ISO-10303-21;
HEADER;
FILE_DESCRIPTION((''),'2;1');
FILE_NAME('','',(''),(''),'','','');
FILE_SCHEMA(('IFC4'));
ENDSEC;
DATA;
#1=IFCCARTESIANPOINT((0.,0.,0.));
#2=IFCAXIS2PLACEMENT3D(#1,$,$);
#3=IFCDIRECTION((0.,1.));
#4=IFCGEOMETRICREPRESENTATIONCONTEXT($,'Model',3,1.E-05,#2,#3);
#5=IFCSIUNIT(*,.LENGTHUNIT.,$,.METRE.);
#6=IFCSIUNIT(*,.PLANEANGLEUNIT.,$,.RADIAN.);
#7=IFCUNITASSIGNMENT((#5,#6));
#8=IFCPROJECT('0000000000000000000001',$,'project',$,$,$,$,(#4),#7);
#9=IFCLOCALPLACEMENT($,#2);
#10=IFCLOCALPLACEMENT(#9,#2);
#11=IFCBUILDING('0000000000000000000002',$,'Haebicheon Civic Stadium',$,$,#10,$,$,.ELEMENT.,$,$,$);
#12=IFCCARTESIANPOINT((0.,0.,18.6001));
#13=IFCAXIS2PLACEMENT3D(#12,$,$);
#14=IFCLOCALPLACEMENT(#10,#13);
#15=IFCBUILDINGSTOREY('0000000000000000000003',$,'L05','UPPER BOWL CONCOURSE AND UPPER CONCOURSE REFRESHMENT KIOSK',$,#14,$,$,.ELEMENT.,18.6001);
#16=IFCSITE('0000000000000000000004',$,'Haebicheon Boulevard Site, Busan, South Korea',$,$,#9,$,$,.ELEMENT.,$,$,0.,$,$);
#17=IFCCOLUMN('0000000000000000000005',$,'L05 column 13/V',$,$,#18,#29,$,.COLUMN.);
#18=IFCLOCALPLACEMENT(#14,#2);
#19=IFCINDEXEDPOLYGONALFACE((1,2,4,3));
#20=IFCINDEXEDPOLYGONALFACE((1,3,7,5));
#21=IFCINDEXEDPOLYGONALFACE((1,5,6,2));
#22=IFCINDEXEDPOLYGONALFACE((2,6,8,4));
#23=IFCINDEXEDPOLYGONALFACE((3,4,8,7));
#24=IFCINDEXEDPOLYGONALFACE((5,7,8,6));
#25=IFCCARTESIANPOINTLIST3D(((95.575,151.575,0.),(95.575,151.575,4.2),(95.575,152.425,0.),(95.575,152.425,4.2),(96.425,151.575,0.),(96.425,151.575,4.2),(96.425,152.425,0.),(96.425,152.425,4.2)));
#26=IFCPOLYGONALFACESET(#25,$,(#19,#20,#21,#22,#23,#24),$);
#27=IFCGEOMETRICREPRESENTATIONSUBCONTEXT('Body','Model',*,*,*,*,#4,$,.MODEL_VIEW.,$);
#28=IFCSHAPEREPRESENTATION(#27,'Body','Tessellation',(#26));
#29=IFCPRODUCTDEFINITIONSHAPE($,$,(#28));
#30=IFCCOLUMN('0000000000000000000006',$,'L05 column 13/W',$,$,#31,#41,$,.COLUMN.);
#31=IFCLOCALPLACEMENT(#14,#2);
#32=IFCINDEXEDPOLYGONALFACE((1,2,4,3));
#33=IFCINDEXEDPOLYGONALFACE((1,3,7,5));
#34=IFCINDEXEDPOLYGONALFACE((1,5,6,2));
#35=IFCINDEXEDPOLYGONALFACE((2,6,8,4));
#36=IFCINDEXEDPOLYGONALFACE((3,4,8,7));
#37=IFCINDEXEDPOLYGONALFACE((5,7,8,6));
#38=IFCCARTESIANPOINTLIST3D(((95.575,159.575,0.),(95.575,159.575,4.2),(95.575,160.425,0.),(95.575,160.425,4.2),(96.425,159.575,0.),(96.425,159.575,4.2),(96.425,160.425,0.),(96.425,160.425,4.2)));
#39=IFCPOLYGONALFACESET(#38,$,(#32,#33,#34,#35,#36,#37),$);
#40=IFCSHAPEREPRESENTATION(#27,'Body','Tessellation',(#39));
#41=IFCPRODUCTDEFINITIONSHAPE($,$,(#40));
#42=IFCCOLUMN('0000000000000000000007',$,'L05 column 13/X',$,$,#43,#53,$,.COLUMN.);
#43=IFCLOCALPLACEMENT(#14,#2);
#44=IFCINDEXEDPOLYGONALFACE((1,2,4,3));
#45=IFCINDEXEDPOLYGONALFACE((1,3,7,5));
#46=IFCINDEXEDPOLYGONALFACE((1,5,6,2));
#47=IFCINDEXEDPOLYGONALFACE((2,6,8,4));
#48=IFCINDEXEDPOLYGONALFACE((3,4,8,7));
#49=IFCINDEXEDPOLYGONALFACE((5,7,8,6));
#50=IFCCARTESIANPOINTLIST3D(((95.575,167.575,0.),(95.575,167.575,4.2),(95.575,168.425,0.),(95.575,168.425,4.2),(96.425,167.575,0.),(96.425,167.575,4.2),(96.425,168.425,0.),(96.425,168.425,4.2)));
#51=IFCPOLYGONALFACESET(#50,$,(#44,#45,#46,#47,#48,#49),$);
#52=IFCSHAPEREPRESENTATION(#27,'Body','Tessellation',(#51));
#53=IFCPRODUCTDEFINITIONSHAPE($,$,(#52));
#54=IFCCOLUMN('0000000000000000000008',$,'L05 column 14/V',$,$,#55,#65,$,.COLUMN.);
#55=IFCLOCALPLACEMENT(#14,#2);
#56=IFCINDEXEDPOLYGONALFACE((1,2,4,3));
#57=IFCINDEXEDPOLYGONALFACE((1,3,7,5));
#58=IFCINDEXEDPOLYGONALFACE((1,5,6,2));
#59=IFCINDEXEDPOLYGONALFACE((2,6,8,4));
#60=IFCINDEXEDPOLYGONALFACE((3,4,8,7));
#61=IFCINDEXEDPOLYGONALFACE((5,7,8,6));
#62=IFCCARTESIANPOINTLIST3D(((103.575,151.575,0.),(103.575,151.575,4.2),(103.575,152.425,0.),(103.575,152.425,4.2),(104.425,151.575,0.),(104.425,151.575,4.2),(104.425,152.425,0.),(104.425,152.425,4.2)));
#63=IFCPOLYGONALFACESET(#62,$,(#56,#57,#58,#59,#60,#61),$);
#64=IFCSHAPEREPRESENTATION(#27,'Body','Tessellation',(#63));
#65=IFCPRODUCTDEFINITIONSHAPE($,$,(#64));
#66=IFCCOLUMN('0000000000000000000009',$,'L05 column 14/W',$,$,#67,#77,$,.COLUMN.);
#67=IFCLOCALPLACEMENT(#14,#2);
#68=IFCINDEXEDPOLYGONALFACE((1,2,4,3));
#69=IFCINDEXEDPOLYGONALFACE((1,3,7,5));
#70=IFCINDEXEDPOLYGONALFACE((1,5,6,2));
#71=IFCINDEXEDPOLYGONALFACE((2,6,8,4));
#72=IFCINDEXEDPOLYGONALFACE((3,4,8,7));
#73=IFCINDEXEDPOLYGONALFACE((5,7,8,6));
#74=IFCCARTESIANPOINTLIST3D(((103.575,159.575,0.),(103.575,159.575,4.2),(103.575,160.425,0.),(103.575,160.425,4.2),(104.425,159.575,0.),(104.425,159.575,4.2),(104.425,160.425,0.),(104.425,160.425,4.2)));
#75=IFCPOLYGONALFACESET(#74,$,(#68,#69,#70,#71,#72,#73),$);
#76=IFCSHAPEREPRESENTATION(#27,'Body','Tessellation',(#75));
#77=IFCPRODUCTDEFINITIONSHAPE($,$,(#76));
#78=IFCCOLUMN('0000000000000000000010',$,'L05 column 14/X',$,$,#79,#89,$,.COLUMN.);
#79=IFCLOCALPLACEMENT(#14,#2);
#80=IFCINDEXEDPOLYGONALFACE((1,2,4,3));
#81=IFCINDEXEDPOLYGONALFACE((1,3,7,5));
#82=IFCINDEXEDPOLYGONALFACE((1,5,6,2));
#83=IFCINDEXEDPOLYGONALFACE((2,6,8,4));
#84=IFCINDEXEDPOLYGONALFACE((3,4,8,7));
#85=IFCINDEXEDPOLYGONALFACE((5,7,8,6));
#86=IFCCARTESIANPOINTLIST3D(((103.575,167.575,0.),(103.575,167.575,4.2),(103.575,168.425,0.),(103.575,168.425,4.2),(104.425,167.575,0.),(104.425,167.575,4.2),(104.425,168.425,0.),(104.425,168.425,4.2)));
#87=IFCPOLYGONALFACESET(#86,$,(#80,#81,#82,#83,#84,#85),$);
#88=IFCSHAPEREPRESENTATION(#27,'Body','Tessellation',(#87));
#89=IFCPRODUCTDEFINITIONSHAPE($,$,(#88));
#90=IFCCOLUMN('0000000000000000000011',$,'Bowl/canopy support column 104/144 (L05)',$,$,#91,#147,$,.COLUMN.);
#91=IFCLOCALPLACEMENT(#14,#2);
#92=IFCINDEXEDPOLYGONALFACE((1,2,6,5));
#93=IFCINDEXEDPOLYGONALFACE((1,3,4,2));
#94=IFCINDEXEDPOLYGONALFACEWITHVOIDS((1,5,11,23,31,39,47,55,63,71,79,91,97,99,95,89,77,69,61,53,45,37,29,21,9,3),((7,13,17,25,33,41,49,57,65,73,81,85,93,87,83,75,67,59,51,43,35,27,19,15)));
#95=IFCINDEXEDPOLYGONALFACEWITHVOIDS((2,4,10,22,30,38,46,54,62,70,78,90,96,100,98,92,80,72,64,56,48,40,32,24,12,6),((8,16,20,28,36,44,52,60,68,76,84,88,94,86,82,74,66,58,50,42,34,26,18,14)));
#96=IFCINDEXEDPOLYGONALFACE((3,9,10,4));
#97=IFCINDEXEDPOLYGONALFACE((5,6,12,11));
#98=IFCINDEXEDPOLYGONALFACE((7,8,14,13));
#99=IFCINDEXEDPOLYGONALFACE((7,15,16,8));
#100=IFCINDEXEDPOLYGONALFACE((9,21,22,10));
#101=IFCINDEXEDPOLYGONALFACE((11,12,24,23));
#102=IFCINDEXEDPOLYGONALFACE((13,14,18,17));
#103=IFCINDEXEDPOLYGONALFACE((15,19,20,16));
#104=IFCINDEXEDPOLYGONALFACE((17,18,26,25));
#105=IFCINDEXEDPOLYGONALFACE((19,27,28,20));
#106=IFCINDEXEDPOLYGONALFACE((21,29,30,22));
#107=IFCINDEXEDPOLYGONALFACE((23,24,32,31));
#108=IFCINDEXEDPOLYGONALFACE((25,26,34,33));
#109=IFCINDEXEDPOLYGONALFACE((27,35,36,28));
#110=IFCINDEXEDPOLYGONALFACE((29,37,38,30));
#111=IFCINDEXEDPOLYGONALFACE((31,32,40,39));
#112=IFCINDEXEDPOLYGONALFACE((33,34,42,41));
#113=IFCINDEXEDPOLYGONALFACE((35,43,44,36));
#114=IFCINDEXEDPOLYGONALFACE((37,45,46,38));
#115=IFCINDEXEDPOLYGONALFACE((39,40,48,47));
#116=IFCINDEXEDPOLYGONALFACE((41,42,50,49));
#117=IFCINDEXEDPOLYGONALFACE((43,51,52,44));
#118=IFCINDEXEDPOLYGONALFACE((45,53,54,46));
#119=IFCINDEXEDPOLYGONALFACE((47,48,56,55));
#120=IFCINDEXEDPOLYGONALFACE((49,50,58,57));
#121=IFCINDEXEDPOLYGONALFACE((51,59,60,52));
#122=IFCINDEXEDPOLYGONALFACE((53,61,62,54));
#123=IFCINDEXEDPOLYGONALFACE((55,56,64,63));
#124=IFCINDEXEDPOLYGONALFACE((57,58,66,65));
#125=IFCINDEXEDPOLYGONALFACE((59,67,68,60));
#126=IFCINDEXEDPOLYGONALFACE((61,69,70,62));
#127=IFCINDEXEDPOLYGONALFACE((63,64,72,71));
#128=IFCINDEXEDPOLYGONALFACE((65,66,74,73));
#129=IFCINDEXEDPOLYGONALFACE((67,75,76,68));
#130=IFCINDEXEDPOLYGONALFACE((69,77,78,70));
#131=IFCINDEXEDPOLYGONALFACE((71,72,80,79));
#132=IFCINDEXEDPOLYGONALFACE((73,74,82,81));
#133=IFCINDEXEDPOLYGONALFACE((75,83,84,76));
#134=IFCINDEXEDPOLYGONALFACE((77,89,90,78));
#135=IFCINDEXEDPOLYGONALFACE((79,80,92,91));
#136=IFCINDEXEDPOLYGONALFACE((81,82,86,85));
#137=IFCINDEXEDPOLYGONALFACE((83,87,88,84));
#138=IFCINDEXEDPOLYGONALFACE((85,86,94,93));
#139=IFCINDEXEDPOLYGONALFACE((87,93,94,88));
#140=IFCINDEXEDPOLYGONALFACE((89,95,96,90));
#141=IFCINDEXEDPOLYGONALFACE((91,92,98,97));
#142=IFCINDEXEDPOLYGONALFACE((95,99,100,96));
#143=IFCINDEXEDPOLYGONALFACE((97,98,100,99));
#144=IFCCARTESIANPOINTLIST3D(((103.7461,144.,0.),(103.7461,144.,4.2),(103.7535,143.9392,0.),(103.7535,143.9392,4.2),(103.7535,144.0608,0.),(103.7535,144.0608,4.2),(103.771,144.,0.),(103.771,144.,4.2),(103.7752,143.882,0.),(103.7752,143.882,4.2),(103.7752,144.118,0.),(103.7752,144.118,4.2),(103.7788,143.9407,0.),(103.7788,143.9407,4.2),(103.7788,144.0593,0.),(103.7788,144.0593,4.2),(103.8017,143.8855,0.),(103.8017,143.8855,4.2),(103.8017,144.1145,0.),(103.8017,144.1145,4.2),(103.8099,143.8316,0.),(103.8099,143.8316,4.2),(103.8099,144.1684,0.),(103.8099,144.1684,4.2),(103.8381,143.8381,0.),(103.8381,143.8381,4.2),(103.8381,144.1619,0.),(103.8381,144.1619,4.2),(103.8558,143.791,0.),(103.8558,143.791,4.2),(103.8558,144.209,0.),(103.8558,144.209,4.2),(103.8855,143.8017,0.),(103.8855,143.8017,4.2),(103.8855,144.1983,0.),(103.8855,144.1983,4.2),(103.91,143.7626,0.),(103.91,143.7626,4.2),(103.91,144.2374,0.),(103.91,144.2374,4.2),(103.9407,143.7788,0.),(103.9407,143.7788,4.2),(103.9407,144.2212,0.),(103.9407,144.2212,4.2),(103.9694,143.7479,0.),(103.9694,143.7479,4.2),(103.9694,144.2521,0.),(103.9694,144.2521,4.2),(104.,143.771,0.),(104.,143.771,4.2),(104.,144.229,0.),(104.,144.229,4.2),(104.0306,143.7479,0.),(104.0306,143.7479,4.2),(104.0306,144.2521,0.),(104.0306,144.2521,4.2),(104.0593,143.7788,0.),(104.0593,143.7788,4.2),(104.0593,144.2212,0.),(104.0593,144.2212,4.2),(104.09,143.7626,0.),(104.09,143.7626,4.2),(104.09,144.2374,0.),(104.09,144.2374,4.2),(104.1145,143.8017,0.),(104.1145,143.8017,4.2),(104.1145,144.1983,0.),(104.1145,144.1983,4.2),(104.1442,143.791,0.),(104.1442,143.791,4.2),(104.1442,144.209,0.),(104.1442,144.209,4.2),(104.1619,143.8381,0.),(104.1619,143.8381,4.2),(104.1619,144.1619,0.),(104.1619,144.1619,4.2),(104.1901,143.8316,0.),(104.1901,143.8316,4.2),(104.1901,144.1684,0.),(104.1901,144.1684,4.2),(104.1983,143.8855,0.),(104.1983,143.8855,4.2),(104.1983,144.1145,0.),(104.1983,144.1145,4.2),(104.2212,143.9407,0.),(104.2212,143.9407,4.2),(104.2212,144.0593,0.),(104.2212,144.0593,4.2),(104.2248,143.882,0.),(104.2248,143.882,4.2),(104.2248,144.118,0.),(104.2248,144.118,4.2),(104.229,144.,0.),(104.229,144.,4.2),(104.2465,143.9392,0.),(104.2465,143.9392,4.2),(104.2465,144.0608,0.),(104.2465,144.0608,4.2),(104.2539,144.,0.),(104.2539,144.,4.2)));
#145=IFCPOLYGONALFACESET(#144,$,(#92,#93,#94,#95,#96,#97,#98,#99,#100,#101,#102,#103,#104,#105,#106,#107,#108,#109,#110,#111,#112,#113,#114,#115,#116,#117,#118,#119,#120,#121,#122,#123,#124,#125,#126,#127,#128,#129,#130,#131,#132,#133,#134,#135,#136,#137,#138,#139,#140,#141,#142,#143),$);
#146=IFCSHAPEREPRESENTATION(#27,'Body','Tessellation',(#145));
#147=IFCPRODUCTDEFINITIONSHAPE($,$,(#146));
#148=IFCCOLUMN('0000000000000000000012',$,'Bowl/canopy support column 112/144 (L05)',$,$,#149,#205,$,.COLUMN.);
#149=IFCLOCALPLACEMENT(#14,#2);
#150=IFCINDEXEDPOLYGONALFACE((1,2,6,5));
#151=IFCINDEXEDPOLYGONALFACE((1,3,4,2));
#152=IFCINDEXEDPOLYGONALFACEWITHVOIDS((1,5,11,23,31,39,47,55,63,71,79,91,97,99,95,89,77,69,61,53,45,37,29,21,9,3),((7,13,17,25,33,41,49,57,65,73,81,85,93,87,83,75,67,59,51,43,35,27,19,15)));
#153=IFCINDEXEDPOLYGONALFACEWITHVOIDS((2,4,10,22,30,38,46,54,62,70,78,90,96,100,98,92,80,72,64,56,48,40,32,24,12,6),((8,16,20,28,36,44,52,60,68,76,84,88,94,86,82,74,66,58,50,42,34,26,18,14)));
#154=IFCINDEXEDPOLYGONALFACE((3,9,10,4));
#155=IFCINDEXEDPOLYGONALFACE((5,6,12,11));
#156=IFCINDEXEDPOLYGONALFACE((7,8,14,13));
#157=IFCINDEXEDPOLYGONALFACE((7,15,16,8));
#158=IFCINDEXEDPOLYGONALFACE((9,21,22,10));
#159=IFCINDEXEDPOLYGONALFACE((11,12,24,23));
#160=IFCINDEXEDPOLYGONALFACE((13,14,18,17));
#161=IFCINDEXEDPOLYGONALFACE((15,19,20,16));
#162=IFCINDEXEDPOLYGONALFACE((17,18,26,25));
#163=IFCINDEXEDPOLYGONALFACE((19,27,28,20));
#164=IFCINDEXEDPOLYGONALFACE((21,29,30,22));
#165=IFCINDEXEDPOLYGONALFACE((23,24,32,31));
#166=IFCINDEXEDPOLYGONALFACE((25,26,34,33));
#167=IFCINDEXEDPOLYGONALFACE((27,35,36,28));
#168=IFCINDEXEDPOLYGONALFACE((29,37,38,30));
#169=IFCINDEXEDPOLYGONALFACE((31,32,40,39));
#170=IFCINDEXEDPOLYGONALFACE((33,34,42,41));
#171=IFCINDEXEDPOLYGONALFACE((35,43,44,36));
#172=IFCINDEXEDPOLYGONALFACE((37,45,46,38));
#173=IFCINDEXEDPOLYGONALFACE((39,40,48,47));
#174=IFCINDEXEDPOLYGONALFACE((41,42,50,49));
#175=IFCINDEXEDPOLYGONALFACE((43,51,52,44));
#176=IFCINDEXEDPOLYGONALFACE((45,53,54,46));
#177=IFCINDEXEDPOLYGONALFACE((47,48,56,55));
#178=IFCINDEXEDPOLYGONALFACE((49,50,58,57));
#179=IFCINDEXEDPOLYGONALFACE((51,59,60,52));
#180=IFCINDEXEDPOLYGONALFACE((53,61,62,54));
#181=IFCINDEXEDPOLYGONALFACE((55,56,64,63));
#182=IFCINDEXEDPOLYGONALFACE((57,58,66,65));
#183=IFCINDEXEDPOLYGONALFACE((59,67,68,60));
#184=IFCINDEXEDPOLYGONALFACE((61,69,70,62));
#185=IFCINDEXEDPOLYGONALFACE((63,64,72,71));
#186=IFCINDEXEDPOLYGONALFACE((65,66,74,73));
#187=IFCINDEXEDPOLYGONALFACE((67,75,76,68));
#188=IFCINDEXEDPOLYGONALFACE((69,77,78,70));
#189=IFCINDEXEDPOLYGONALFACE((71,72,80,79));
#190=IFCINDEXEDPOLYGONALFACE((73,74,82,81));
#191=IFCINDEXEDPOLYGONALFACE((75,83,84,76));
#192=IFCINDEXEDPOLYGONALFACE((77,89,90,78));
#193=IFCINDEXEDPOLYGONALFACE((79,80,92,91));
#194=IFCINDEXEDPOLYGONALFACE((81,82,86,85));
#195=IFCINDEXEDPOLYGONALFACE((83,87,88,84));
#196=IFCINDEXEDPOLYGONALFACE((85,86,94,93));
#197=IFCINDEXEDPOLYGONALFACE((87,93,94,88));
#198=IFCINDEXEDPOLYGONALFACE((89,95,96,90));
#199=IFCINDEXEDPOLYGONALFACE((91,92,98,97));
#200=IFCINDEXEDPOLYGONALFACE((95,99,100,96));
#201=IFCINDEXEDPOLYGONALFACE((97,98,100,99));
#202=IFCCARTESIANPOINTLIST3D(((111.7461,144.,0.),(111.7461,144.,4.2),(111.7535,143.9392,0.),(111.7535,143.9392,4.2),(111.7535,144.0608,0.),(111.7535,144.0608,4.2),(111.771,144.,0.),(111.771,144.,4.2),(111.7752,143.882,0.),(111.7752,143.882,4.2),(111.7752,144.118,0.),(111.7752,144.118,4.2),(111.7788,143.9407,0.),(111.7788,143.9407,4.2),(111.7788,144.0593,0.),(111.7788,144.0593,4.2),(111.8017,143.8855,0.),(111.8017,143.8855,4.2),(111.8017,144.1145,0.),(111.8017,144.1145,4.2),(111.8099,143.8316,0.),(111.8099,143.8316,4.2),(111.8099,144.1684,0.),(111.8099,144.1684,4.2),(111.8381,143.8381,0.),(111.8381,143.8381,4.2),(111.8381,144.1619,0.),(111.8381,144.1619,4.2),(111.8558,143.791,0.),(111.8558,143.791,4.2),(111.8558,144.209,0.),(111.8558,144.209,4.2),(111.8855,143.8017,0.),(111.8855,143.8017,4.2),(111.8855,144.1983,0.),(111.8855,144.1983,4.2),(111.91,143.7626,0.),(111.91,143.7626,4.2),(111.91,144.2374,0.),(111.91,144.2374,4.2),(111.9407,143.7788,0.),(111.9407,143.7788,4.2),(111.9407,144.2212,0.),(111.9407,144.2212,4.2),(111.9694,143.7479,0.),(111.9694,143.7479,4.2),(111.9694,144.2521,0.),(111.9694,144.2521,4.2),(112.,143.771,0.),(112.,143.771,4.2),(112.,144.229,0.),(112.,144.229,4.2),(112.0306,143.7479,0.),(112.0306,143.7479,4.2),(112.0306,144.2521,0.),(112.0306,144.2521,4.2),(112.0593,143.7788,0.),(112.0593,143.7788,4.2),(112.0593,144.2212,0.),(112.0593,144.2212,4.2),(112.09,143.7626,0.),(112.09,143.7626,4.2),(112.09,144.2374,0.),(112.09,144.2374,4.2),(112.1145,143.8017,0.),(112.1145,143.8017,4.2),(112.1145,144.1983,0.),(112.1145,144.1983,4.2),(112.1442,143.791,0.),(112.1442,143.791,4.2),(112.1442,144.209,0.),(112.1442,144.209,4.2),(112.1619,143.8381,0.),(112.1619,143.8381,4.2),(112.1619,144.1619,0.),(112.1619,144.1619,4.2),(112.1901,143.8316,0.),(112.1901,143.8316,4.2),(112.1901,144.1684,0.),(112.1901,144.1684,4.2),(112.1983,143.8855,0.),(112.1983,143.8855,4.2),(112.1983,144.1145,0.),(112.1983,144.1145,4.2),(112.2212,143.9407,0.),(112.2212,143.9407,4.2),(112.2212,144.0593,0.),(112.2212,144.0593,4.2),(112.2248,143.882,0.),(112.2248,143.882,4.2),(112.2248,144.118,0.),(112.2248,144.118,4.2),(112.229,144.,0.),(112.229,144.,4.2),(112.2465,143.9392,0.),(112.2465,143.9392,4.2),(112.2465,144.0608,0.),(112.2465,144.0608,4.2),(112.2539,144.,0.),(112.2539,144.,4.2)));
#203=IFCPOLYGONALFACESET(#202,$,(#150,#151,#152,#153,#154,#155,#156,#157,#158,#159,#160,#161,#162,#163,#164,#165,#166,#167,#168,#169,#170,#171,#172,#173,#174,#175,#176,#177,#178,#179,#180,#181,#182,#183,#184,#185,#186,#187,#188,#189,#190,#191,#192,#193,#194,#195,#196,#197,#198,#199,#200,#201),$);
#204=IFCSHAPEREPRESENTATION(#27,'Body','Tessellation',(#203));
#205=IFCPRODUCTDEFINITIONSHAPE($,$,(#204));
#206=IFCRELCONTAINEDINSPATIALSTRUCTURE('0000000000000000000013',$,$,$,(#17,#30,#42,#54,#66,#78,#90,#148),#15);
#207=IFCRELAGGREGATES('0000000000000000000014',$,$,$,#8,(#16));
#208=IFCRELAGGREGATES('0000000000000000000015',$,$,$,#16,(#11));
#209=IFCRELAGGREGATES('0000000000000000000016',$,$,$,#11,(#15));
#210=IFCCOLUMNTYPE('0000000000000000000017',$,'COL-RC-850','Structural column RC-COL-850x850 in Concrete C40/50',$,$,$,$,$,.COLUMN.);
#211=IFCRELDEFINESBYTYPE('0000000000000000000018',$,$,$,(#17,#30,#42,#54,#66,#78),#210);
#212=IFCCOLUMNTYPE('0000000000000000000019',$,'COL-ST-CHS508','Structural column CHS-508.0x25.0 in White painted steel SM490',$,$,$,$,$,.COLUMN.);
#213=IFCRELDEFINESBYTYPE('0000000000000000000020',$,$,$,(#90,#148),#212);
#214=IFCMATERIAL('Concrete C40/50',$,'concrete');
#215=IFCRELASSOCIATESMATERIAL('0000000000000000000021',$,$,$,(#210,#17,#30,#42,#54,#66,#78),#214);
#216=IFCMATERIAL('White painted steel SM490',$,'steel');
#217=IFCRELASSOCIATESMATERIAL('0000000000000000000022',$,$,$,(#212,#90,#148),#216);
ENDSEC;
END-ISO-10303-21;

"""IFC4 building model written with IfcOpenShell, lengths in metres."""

from ifc_helpers import new_model, si_unit, direction, frame, origin, origin_2d, place, context, subcontext, project, spatial, rectangle, hollow_circle, extrude, material, material_profile, profile_set, type_object, element, save


model = new_model("IFC4")

# Units and contexts
model_context = context("Model", 3, precision=1e-05, world=origin(), true_north=direction((0.0, 1.0)))
body_context = subcontext(model_context, "Body", "Model", "MODEL_VIEW")
ifc_project = project(units=[si_unit("LENGTHUNIT", "METRE"), si_unit("PLANEANGLEUNIT", "RADIAN")], contexts=[model_context])

# Site, building, storey
site_placement = place(None, origin())
site = spatial("IfcSite", under=ifc_project, at=site_placement, Name="Haebicheon Boulevard Site, Busan, South Korea", CompositionType="ELEMENT", RefElevation=0.0)
building_placement = place(site_placement, origin())
building = spatial("IfcBuilding", under=site, at=building_placement, Name="Haebicheon Civic Stadium", CompositionType="ELEMENT")
storey_placement = place(building_placement, frame((0.0, 0.0, 18.6001)))
storey = spatial("IfcBuildingStorey", under=building, at=storey_placement, Name="L05", Description="UPPER BOWL CONCOURSE AND UPPER CONCOURSE REFRESHMENT KIOSK", CompositionType="ELEMENT", Elevation=18.6001)

# Columns
ifc_material_1 = material(Name="Concrete C40/50", Category="concrete")
ifc_material_profile_1 = material_profile(ifc_material_1, rectangle(XDim=0.8501, YDim=0.8501, at=origin_2d()), Name="RC-COL-850x850")
ifc_profile_set_1 = profile_set([ifc_material_profile_1], Name="Concrete C40/50")
column_type_1 = type_object("IfcColumnType", Name="COL-RC-850", Description="Structural column RC-COL-850x850 in Concrete C40/50", PredefinedType="COLUMN", material=ifc_profile_set_1)
for number, where, z_axis, x_axis, name in (
    (1, (96.0, 152.0, 0.0), (0.0, 0.0, 1.0), (1.0, 0.0, 0.0), "L05 column 13/V"),
    (2, (96.0, 160.0, 0.0), (0.0, 0.0, 1.0), (1.0, 0.0, 0.0), "L05 column 13/W"),
    (3, (96.0, 168.0, 0.0), (0.0, 0.0, 1.0), (1.0, 0.0, 0.0), "L05 column 13/X"),
    (4, (104.0, 152.0, 0.0), (0.0, 0.0, 1.0), (1.0, 0.0, 0.0), "L05 column 14/V"),
    (5, (104.0, 160.0, 0.0), (0.0, 0.0, 1.0), (1.0, 0.0, 0.0), "L05 column 14/W"),
    (6, (104.0, 168.0, 0.0), (0.0, 0.0, 1.0), (1.0, 0.0, 0.0), "L05 column 14/X"),
):
    element("IfcColumn", number, at=place(storey_placement, frame(where, z_axis=z_axis, x_axis=x_axis)), inside=storey, type_object=column_type_1, material=ifc_profile_set_1, Name=name, PredefinedType="COLUMN", context=body_context, shape_type="SweptSolid", body=[
        extrude(rectangle(XDim=0.8501, YDim=0.8501, at=origin_2d()), origin(), (0.0, 0.0, 1.0), 4.2),
    ])
ifc_material_2 = material(Name="White painted steel SM490", Category="steel")
ifc_material_profile_2 = material_profile(ifc_material_2, hollow_circle(Radius=0.2539, WallThickness=0.0249, at=origin_2d()), Name="CHS-508.0x25.0")
ifc_profile_set_2 = profile_set([ifc_material_profile_2], Name="White painted steel SM490")
column_type_2 = type_object("IfcColumnType", Name="COL-ST-CHS508", Description="Structural column CHS-508.0x25.0 in White painted steel SM490", PredefinedType="COLUMN", material=ifc_profile_set_2)
for number, where, z_axis, x_axis, name in (
    (7, (104.0, 144.0, 0.0), (0.0, 0.0, 1.0), (1.0, 0.0, 0.0), "Bowl/canopy support column 104/144 (L05)"),
    (8, (112.0, 144.0, 0.0), (0.0, 0.0, 1.0), (1.0, 0.0, 0.0), "Bowl/canopy support column 112/144 (L05)"),
):
    element("IfcColumn", number, at=place(storey_placement, frame(where, z_axis=z_axis, x_axis=x_axis)), inside=storey, type_object=column_type_2, material=ifc_profile_set_2, Name=name, PredefinedType="COLUMN", context=body_context, shape_type="SweptSolid", body=[
        extrude(hollow_circle(Radius=0.2539, WallThickness=0.0249, at=origin_2d()), origin(), (0.0, 0.0, 1.0), 4.2),
    ])

save(model, "model.ifc")
